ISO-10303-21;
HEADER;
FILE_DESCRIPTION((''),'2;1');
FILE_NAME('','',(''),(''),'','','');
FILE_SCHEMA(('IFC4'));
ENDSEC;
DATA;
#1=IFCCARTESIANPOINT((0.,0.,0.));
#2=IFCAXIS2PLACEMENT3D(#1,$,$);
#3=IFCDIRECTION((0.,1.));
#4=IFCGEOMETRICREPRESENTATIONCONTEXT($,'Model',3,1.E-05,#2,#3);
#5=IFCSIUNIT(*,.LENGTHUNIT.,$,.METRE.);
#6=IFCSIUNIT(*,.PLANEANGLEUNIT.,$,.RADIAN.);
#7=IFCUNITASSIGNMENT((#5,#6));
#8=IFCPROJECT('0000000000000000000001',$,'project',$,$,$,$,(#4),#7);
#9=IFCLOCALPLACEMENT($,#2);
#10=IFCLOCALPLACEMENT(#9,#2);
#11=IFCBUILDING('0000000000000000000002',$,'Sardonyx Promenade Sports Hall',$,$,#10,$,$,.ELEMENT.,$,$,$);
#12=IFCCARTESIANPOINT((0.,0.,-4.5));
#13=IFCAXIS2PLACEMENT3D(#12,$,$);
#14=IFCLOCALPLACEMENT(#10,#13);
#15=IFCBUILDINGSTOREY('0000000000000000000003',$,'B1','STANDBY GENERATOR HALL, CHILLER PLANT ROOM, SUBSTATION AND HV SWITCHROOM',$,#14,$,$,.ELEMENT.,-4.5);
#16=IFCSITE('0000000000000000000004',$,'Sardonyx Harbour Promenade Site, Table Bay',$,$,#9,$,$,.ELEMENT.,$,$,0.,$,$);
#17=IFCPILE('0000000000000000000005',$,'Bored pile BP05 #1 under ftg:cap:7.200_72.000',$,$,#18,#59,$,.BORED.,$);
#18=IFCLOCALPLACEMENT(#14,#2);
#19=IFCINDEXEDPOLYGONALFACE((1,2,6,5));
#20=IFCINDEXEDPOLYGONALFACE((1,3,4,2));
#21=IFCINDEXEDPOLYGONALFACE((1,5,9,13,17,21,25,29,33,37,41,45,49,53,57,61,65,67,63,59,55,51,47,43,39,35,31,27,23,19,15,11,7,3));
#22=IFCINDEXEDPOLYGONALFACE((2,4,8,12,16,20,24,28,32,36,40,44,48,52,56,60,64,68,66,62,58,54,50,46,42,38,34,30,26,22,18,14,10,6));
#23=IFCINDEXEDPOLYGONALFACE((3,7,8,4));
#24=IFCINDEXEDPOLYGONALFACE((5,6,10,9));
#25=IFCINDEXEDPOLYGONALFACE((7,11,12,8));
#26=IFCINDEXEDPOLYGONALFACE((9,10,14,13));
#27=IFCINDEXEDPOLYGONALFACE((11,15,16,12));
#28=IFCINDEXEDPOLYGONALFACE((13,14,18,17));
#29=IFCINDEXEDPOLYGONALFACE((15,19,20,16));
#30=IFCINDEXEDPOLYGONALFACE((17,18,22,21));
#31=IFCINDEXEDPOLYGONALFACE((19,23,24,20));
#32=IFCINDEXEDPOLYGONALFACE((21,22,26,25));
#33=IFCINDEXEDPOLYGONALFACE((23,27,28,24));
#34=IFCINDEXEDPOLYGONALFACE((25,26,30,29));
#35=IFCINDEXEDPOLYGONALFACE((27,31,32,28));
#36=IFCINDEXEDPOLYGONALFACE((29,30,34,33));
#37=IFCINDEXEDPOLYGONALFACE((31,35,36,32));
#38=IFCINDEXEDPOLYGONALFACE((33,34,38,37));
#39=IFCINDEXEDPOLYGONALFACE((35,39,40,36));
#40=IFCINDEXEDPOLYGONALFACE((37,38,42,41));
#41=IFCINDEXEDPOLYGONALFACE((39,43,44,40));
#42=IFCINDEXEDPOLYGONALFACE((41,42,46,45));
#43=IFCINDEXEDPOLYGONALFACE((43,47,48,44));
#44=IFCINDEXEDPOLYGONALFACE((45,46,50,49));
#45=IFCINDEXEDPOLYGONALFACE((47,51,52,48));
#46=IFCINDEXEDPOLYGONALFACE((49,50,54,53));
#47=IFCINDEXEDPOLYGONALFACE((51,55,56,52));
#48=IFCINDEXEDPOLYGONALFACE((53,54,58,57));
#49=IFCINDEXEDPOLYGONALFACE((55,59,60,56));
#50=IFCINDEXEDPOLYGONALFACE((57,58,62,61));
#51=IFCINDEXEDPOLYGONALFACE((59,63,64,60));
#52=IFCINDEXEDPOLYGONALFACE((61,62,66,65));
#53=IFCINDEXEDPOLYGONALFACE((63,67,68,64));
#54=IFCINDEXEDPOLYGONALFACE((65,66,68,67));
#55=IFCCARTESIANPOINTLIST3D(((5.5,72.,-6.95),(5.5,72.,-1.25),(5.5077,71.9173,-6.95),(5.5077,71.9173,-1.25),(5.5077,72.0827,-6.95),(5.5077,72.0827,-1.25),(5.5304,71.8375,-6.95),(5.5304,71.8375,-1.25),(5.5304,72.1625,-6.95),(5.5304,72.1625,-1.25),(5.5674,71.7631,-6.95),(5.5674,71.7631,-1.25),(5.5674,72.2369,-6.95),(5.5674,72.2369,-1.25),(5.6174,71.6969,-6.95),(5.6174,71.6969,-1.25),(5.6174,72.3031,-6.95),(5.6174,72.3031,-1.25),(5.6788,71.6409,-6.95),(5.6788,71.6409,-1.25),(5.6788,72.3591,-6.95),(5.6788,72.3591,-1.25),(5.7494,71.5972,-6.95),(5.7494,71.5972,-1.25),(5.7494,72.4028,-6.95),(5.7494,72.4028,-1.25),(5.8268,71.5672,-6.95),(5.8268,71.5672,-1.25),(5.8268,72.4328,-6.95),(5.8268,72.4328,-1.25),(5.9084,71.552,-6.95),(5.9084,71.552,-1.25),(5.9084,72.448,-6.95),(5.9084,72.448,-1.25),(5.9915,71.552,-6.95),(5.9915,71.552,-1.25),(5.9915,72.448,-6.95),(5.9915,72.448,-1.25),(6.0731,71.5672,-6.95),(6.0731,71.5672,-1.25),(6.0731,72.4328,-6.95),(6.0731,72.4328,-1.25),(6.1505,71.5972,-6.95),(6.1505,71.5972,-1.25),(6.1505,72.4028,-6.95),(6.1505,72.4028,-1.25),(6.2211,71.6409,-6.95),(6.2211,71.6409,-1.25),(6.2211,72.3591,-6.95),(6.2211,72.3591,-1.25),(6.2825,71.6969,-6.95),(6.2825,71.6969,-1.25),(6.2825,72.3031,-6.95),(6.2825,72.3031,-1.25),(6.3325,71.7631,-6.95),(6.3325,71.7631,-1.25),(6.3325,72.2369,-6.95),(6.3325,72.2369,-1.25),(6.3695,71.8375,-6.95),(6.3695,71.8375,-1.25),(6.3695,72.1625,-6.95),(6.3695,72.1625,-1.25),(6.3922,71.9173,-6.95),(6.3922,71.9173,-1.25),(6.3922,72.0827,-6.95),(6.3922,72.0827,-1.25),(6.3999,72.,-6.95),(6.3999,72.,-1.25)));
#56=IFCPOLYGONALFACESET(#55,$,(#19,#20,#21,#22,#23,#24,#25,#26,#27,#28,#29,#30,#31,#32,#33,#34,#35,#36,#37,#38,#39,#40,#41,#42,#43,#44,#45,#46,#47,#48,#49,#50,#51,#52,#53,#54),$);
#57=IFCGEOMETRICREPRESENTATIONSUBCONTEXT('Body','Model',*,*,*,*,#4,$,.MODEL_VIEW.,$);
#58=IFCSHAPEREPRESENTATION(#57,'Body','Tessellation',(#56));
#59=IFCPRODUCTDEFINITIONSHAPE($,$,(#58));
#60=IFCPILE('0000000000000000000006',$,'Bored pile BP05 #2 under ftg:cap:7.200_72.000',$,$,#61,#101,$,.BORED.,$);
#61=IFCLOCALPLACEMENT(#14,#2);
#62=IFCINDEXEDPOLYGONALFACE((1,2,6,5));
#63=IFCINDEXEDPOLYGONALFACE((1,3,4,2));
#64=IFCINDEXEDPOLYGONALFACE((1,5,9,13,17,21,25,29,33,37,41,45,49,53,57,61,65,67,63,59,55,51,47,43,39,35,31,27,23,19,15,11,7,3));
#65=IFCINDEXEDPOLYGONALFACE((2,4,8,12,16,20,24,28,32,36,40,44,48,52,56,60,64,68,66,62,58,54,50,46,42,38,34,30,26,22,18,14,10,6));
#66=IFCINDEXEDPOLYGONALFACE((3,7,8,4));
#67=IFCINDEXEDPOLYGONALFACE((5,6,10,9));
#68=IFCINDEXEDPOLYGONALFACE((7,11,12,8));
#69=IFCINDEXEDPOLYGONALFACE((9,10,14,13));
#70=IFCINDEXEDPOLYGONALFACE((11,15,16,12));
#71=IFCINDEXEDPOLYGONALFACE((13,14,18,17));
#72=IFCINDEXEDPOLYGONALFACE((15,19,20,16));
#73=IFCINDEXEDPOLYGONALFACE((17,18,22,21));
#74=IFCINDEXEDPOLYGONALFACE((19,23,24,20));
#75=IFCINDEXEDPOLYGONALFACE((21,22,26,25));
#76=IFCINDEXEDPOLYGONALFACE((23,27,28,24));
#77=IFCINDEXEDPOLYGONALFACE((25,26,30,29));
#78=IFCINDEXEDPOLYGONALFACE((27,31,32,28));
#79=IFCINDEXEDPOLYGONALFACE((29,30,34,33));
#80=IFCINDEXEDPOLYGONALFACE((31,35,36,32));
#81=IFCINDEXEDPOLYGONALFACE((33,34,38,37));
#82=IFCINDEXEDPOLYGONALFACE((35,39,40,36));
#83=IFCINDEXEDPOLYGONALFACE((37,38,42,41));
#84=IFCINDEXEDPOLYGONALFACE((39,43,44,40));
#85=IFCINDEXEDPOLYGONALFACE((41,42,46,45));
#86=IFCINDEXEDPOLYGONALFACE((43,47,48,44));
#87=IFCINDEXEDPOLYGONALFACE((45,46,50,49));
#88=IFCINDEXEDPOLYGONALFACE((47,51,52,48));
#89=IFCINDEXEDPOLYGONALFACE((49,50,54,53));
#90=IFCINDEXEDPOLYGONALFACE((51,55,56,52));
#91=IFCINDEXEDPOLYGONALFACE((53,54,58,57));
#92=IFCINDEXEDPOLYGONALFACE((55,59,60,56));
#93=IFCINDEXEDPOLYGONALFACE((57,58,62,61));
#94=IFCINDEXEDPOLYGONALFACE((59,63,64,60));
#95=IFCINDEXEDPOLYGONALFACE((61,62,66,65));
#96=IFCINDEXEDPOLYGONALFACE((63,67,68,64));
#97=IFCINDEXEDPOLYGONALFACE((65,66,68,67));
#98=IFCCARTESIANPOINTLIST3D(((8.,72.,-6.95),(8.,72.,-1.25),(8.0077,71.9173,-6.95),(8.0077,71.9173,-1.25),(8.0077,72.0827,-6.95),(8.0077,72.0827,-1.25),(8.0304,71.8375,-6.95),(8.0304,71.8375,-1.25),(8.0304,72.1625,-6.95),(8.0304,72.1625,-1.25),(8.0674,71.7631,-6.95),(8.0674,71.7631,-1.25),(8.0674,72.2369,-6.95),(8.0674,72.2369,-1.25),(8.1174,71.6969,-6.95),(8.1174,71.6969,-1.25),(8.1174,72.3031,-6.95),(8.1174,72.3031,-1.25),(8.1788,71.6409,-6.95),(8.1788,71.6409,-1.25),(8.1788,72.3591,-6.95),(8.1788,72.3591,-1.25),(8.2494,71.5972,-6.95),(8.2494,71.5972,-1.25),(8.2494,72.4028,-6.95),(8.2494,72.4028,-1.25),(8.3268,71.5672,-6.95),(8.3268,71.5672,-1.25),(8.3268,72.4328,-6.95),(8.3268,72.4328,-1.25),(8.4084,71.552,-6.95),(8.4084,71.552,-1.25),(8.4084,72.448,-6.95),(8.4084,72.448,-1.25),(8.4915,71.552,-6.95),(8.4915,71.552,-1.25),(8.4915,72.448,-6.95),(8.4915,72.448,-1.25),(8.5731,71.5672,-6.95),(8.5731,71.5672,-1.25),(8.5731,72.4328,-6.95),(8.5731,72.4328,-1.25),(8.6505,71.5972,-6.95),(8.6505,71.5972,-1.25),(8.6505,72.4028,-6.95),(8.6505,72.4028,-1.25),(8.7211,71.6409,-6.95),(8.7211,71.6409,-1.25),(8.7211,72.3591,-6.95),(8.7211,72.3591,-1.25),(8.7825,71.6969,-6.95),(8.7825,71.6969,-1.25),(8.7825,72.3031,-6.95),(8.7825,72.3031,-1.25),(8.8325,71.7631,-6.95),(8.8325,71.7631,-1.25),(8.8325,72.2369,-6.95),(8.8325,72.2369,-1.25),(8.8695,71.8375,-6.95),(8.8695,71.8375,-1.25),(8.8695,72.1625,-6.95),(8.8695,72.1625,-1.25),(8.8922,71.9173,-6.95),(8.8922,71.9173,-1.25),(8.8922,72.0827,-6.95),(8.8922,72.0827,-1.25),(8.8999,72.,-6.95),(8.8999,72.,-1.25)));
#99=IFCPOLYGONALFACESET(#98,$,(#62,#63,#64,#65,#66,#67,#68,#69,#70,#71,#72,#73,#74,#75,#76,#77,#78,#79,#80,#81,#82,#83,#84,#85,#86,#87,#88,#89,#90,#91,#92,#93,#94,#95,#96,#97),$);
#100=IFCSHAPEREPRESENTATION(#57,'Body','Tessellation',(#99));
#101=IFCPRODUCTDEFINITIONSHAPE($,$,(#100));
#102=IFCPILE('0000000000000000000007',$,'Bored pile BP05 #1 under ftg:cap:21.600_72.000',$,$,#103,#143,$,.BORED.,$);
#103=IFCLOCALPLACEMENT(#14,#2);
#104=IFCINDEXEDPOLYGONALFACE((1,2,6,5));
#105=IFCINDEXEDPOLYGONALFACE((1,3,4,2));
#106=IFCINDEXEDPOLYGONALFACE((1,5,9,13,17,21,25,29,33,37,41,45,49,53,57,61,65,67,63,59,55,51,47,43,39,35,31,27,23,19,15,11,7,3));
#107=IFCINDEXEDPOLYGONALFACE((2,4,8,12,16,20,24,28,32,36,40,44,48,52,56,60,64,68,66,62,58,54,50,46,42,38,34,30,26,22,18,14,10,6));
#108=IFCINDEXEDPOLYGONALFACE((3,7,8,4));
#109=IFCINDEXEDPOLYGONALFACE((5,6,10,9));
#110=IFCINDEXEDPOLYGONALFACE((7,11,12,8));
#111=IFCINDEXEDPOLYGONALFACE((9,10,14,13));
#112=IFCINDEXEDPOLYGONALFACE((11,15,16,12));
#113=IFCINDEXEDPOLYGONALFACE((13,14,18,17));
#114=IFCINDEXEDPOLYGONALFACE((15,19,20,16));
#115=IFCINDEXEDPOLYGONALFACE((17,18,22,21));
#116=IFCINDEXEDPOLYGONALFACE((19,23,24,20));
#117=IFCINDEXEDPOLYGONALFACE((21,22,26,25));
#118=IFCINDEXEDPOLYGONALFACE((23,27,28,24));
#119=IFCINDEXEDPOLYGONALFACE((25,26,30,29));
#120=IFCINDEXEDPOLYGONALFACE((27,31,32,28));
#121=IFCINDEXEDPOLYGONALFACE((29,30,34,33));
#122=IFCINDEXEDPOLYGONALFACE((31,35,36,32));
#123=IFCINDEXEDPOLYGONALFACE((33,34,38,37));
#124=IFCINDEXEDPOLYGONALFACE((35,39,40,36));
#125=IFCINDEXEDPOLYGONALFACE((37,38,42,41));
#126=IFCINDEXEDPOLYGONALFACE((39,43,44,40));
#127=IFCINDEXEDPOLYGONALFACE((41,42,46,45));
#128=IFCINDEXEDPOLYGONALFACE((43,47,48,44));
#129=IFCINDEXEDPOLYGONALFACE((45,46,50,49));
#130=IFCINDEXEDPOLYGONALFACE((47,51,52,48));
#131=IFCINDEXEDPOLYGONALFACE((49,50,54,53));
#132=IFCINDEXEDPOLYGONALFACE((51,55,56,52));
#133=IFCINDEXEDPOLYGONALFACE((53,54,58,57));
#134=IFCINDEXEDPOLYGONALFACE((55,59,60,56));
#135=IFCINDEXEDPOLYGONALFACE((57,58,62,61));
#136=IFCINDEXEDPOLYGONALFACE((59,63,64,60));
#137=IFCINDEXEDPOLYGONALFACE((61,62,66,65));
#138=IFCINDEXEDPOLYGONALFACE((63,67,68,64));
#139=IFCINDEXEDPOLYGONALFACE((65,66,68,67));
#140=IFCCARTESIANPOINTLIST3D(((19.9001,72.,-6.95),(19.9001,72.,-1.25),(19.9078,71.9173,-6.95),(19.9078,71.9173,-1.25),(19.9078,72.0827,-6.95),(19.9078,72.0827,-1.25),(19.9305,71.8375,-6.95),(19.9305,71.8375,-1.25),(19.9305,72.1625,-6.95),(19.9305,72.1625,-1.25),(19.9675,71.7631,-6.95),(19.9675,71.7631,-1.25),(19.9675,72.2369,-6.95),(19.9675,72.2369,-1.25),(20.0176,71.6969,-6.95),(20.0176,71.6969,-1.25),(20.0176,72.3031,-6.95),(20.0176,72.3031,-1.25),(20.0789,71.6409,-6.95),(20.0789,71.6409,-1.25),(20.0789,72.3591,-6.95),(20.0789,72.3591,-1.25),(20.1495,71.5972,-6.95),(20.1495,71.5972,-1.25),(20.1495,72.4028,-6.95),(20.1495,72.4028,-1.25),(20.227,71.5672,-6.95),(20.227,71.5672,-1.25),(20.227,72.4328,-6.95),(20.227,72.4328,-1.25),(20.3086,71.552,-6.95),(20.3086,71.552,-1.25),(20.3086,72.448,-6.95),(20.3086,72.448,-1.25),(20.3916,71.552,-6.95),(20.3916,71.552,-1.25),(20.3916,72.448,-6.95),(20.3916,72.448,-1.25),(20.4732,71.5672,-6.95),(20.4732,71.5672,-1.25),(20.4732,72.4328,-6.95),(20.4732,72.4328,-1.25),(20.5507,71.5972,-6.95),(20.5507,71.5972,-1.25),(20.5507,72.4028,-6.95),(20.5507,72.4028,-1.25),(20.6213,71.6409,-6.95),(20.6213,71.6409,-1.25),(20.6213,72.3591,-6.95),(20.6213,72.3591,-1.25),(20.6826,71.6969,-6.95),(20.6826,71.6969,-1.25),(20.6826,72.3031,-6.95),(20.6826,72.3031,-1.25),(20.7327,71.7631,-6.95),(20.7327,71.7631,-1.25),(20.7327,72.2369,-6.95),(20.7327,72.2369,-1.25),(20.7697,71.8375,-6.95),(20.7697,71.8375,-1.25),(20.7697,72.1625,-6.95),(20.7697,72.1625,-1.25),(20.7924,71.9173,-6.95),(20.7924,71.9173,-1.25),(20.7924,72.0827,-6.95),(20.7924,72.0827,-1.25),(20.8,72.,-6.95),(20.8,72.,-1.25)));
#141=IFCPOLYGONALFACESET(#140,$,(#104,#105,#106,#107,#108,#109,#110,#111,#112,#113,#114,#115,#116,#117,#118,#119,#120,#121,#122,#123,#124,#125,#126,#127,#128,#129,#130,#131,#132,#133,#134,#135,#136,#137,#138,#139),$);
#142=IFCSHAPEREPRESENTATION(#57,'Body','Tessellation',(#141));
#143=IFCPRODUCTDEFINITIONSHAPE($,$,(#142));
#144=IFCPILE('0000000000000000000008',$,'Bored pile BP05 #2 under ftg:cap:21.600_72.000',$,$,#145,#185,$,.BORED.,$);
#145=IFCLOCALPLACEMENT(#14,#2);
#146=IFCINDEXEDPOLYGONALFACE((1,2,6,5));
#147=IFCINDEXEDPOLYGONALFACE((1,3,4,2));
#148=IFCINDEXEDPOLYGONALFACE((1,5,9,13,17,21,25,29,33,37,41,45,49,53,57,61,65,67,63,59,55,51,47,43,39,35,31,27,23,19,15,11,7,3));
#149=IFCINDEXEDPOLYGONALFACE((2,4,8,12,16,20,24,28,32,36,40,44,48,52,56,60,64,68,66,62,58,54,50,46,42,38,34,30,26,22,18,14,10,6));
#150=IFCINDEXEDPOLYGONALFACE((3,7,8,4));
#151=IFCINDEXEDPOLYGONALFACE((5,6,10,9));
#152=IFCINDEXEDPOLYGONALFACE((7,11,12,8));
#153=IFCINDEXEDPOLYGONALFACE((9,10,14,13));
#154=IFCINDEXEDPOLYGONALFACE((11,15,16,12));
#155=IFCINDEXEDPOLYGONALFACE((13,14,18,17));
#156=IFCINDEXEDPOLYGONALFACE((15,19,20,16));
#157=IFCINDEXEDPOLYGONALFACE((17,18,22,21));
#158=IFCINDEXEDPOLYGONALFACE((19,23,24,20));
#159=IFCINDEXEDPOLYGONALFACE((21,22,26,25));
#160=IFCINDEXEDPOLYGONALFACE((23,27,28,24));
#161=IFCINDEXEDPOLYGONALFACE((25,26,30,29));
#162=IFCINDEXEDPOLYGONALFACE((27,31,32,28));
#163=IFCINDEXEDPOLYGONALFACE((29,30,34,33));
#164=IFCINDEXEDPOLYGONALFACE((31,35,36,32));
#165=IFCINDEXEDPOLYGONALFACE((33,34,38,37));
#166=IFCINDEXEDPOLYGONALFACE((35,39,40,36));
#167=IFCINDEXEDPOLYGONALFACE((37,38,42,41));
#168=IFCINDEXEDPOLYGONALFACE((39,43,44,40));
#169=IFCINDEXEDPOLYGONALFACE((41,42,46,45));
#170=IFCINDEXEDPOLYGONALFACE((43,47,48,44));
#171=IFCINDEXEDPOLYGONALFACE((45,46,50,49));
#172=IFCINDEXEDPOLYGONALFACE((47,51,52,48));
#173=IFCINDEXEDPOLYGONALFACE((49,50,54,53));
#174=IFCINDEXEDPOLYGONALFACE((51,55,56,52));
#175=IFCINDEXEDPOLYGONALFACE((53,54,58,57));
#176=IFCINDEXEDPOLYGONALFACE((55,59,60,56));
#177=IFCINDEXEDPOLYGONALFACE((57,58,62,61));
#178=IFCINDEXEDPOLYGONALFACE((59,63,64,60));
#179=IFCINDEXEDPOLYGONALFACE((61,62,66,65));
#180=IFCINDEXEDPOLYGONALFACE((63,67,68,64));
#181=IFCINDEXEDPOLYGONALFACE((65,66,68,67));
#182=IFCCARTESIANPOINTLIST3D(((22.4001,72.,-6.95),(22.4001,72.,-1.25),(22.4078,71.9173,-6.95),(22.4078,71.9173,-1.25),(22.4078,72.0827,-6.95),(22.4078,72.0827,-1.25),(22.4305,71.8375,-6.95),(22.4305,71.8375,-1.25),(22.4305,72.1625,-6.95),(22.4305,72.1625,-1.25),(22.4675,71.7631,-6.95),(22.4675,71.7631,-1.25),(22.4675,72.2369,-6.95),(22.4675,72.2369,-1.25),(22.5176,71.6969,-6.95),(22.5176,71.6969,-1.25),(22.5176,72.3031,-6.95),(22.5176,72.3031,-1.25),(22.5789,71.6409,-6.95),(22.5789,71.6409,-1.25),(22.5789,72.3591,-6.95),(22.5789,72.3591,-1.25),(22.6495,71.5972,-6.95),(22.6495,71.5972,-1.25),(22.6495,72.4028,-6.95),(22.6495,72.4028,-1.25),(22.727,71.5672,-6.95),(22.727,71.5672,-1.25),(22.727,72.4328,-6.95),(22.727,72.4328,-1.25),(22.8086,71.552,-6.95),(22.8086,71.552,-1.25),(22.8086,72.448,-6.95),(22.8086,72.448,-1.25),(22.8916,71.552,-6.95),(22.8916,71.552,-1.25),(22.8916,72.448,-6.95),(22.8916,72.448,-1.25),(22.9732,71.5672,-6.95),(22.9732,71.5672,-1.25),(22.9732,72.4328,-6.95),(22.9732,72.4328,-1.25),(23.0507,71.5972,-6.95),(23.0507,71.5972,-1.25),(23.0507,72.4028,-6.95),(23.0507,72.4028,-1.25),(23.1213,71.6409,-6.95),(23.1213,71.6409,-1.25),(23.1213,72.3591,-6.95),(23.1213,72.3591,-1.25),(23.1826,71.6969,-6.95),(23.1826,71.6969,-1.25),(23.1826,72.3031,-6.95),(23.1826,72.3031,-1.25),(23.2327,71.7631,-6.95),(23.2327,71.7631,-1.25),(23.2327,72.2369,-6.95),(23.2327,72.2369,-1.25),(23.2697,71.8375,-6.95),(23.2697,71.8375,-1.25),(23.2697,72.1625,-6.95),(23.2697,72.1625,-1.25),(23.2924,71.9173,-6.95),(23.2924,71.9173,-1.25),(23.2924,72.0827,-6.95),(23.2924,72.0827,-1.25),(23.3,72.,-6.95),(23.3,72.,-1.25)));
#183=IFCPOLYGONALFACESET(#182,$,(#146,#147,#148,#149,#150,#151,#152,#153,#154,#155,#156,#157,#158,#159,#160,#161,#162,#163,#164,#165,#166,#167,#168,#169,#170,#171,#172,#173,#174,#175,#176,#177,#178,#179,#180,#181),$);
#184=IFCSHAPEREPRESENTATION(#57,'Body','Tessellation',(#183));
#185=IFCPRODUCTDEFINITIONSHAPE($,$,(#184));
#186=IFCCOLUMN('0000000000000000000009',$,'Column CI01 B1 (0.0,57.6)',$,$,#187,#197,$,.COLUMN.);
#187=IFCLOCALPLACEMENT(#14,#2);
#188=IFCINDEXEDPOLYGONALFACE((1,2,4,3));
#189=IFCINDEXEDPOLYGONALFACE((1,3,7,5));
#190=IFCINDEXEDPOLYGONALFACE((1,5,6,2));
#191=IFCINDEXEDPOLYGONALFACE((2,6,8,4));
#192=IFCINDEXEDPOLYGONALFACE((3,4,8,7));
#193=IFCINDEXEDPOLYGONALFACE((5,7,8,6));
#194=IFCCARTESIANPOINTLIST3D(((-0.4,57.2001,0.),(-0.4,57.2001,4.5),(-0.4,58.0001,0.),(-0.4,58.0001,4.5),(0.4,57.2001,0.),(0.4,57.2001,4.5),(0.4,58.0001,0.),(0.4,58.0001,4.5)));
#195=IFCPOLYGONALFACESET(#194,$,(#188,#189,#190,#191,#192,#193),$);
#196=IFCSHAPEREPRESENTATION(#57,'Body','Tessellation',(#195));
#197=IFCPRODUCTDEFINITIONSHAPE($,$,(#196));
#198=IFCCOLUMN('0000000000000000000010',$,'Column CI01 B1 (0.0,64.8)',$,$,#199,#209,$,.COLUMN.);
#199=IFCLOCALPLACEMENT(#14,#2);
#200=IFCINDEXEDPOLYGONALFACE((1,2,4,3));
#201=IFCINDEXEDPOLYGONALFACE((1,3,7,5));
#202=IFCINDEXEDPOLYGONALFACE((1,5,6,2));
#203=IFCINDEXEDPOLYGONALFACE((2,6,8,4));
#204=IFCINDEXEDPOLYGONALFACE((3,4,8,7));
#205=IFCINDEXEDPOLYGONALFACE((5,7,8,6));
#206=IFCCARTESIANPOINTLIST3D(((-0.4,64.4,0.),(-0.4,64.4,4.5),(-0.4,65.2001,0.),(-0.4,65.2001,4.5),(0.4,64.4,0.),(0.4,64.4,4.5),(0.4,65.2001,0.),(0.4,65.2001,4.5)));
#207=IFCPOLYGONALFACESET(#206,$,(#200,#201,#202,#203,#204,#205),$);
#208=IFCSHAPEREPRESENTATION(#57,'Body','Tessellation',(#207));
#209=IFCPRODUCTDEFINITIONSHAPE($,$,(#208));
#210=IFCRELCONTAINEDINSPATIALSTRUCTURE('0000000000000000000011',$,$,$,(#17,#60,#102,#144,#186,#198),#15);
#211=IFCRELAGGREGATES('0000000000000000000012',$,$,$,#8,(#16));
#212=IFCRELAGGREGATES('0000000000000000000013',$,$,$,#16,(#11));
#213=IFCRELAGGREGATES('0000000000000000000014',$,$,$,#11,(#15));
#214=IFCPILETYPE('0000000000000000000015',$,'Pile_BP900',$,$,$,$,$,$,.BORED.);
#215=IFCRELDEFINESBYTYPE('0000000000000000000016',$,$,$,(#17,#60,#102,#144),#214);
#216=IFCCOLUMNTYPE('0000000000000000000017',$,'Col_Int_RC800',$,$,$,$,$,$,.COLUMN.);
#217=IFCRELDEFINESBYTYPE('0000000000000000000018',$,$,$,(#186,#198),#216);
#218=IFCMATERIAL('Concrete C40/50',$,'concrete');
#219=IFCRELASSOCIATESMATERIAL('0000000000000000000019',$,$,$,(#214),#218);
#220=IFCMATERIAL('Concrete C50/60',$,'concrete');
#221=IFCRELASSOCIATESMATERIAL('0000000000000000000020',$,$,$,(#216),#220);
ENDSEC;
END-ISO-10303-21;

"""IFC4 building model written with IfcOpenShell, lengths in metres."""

from ifc_helpers import new_model, si_unit, direction, frame, origin, origin_2d, place, context, subcontext, project, spatial, rectangle, circle, extrude, material, material_profile, profile_set, type_object, element, save


model = new_model("IFC4")

# Units and contexts
model_context = context("Model", 3, precision=1e-05, world=origin(), true_north=direction((0.0, 1.0)))
body_context = subcontext(model_context, "Body", "Model", "MODEL_VIEW")
ifc_project = project(units=[si_unit("LENGTHUNIT", "METRE"), si_unit("PLANEANGLEUNIT", "RADIAN")], contexts=[model_context])

# Site, building, storey
site_placement = place(None, origin())
site = spatial("IfcSite", under=ifc_project, at=site_placement, Name="Sardonyx Harbour Promenade Site, Table Bay", CompositionType="ELEMENT", RefElevation=0.0)
building_placement = place(site_placement, origin())
building = spatial("IfcBuilding", under=site, at=building_placement, Name="Sardonyx Promenade Sports Hall", CompositionType="ELEMENT")
storey_placement = place(building_placement, frame((0.0, 0.0, -4.5)))
storey = spatial("IfcBuildingStorey", under=building, at=storey_placement, Name="B1", Description="STANDBY GENERATOR HALL, CHILLER PLANT ROOM, SUBSTATION AND HV SWITCHROOM", CompositionType="ELEMENT", Elevation=-4.5)

# Piles
ifc_material_1 = material(Name="Concrete C40/50", Category="concrete")
ifc_material_profile_1 = material_profile(ifc_material_1, circle(Radius=0.45, at=origin_2d()))
ifc_profile_set_1 = profile_set([ifc_material_profile_1], Name="Concrete C40/50")
pile_type_1 = type_object("IfcPileType", Name="Pile_BP900", PredefinedType="BORED", material=ifc_profile_set_1)
for number, where, z_axis, x_axis, name in (
    (1, (5.95, 72.0, -1.25), (0.0, 0.0, -1.0), (1.0, 0.0, 0.0), "Bored pile BP05 #1 under ftg:cap:7.200_72.000"),
    (2, (8.45, 72.0, -1.25), (0.0, 0.0, -1.0), (1.0, 0.0, 0.0), "Bored pile BP05 #2 under ftg:cap:7.200_72.000"),
    (3, (20.3501, 72.0, -1.25), (0.0, 0.0, -1.0), (1.0, 0.0, 0.0), "Bored pile BP05 #1 under ftg:cap:21.600_72.000"),
    (4, (22.8501, 72.0, -1.25), (0.0, 0.0, -1.0), (1.0, 0.0, 0.0), "Bored pile BP05 #2 under ftg:cap:21.600_72.000"),
):
    element("IfcPile", number, at=place(storey_placement, frame(where, z_axis=z_axis, x_axis=x_axis)), inside=storey, type_object=pile_type_1, Name=name, PredefinedType="BORED", context=body_context, shape_type="SweptSolid", body=[
        extrude(circle(Radius=0.45, at=origin_2d()), origin(), (0.0, 0.0, 1.0), 5.7),
    ])

# Columns
ifc_material_2 = material(Name="Concrete C50/60", Category="concrete")
ifc_material_profile_2 = material_profile(ifc_material_2, rectangle(XDim=0.8, YDim=0.8, at=origin_2d()))
ifc_profile_set_2 = profile_set([ifc_material_profile_2], Name="Concrete C50/60")
column_type = type_object("IfcColumnType", Name="Col_Int_RC800", PredefinedType="COLUMN", material=ifc_profile_set_2)
for number, where, z_axis, x_axis, name in (
    (5, (0.0, 57.6001, 0.0), (0.0, 0.0, 1.0), (1.0, 0.0, 0.0), "Column CI01 B1 (0.0,57.6)"),
    (6, (0.0, 64.8, 0.0), (0.0, 0.0, 1.0), (1.0, 0.0, 0.0), "Column CI01 B1 (0.0,64.8)"),
):
    element("IfcColumn", number, at=place(storey_placement, frame(where, z_axis=z_axis, x_axis=x_axis)), inside=storey, type_object=column_type, Name=name, PredefinedType="COLUMN", context=body_context, shape_type="SweptSolid", body=[
        extrude(rectangle(XDim=0.8, YDim=0.8, at=origin_2d()), origin(), (0.0, 0.0, 1.0), 4.5),
    ])

save(model, "model.ifc")
